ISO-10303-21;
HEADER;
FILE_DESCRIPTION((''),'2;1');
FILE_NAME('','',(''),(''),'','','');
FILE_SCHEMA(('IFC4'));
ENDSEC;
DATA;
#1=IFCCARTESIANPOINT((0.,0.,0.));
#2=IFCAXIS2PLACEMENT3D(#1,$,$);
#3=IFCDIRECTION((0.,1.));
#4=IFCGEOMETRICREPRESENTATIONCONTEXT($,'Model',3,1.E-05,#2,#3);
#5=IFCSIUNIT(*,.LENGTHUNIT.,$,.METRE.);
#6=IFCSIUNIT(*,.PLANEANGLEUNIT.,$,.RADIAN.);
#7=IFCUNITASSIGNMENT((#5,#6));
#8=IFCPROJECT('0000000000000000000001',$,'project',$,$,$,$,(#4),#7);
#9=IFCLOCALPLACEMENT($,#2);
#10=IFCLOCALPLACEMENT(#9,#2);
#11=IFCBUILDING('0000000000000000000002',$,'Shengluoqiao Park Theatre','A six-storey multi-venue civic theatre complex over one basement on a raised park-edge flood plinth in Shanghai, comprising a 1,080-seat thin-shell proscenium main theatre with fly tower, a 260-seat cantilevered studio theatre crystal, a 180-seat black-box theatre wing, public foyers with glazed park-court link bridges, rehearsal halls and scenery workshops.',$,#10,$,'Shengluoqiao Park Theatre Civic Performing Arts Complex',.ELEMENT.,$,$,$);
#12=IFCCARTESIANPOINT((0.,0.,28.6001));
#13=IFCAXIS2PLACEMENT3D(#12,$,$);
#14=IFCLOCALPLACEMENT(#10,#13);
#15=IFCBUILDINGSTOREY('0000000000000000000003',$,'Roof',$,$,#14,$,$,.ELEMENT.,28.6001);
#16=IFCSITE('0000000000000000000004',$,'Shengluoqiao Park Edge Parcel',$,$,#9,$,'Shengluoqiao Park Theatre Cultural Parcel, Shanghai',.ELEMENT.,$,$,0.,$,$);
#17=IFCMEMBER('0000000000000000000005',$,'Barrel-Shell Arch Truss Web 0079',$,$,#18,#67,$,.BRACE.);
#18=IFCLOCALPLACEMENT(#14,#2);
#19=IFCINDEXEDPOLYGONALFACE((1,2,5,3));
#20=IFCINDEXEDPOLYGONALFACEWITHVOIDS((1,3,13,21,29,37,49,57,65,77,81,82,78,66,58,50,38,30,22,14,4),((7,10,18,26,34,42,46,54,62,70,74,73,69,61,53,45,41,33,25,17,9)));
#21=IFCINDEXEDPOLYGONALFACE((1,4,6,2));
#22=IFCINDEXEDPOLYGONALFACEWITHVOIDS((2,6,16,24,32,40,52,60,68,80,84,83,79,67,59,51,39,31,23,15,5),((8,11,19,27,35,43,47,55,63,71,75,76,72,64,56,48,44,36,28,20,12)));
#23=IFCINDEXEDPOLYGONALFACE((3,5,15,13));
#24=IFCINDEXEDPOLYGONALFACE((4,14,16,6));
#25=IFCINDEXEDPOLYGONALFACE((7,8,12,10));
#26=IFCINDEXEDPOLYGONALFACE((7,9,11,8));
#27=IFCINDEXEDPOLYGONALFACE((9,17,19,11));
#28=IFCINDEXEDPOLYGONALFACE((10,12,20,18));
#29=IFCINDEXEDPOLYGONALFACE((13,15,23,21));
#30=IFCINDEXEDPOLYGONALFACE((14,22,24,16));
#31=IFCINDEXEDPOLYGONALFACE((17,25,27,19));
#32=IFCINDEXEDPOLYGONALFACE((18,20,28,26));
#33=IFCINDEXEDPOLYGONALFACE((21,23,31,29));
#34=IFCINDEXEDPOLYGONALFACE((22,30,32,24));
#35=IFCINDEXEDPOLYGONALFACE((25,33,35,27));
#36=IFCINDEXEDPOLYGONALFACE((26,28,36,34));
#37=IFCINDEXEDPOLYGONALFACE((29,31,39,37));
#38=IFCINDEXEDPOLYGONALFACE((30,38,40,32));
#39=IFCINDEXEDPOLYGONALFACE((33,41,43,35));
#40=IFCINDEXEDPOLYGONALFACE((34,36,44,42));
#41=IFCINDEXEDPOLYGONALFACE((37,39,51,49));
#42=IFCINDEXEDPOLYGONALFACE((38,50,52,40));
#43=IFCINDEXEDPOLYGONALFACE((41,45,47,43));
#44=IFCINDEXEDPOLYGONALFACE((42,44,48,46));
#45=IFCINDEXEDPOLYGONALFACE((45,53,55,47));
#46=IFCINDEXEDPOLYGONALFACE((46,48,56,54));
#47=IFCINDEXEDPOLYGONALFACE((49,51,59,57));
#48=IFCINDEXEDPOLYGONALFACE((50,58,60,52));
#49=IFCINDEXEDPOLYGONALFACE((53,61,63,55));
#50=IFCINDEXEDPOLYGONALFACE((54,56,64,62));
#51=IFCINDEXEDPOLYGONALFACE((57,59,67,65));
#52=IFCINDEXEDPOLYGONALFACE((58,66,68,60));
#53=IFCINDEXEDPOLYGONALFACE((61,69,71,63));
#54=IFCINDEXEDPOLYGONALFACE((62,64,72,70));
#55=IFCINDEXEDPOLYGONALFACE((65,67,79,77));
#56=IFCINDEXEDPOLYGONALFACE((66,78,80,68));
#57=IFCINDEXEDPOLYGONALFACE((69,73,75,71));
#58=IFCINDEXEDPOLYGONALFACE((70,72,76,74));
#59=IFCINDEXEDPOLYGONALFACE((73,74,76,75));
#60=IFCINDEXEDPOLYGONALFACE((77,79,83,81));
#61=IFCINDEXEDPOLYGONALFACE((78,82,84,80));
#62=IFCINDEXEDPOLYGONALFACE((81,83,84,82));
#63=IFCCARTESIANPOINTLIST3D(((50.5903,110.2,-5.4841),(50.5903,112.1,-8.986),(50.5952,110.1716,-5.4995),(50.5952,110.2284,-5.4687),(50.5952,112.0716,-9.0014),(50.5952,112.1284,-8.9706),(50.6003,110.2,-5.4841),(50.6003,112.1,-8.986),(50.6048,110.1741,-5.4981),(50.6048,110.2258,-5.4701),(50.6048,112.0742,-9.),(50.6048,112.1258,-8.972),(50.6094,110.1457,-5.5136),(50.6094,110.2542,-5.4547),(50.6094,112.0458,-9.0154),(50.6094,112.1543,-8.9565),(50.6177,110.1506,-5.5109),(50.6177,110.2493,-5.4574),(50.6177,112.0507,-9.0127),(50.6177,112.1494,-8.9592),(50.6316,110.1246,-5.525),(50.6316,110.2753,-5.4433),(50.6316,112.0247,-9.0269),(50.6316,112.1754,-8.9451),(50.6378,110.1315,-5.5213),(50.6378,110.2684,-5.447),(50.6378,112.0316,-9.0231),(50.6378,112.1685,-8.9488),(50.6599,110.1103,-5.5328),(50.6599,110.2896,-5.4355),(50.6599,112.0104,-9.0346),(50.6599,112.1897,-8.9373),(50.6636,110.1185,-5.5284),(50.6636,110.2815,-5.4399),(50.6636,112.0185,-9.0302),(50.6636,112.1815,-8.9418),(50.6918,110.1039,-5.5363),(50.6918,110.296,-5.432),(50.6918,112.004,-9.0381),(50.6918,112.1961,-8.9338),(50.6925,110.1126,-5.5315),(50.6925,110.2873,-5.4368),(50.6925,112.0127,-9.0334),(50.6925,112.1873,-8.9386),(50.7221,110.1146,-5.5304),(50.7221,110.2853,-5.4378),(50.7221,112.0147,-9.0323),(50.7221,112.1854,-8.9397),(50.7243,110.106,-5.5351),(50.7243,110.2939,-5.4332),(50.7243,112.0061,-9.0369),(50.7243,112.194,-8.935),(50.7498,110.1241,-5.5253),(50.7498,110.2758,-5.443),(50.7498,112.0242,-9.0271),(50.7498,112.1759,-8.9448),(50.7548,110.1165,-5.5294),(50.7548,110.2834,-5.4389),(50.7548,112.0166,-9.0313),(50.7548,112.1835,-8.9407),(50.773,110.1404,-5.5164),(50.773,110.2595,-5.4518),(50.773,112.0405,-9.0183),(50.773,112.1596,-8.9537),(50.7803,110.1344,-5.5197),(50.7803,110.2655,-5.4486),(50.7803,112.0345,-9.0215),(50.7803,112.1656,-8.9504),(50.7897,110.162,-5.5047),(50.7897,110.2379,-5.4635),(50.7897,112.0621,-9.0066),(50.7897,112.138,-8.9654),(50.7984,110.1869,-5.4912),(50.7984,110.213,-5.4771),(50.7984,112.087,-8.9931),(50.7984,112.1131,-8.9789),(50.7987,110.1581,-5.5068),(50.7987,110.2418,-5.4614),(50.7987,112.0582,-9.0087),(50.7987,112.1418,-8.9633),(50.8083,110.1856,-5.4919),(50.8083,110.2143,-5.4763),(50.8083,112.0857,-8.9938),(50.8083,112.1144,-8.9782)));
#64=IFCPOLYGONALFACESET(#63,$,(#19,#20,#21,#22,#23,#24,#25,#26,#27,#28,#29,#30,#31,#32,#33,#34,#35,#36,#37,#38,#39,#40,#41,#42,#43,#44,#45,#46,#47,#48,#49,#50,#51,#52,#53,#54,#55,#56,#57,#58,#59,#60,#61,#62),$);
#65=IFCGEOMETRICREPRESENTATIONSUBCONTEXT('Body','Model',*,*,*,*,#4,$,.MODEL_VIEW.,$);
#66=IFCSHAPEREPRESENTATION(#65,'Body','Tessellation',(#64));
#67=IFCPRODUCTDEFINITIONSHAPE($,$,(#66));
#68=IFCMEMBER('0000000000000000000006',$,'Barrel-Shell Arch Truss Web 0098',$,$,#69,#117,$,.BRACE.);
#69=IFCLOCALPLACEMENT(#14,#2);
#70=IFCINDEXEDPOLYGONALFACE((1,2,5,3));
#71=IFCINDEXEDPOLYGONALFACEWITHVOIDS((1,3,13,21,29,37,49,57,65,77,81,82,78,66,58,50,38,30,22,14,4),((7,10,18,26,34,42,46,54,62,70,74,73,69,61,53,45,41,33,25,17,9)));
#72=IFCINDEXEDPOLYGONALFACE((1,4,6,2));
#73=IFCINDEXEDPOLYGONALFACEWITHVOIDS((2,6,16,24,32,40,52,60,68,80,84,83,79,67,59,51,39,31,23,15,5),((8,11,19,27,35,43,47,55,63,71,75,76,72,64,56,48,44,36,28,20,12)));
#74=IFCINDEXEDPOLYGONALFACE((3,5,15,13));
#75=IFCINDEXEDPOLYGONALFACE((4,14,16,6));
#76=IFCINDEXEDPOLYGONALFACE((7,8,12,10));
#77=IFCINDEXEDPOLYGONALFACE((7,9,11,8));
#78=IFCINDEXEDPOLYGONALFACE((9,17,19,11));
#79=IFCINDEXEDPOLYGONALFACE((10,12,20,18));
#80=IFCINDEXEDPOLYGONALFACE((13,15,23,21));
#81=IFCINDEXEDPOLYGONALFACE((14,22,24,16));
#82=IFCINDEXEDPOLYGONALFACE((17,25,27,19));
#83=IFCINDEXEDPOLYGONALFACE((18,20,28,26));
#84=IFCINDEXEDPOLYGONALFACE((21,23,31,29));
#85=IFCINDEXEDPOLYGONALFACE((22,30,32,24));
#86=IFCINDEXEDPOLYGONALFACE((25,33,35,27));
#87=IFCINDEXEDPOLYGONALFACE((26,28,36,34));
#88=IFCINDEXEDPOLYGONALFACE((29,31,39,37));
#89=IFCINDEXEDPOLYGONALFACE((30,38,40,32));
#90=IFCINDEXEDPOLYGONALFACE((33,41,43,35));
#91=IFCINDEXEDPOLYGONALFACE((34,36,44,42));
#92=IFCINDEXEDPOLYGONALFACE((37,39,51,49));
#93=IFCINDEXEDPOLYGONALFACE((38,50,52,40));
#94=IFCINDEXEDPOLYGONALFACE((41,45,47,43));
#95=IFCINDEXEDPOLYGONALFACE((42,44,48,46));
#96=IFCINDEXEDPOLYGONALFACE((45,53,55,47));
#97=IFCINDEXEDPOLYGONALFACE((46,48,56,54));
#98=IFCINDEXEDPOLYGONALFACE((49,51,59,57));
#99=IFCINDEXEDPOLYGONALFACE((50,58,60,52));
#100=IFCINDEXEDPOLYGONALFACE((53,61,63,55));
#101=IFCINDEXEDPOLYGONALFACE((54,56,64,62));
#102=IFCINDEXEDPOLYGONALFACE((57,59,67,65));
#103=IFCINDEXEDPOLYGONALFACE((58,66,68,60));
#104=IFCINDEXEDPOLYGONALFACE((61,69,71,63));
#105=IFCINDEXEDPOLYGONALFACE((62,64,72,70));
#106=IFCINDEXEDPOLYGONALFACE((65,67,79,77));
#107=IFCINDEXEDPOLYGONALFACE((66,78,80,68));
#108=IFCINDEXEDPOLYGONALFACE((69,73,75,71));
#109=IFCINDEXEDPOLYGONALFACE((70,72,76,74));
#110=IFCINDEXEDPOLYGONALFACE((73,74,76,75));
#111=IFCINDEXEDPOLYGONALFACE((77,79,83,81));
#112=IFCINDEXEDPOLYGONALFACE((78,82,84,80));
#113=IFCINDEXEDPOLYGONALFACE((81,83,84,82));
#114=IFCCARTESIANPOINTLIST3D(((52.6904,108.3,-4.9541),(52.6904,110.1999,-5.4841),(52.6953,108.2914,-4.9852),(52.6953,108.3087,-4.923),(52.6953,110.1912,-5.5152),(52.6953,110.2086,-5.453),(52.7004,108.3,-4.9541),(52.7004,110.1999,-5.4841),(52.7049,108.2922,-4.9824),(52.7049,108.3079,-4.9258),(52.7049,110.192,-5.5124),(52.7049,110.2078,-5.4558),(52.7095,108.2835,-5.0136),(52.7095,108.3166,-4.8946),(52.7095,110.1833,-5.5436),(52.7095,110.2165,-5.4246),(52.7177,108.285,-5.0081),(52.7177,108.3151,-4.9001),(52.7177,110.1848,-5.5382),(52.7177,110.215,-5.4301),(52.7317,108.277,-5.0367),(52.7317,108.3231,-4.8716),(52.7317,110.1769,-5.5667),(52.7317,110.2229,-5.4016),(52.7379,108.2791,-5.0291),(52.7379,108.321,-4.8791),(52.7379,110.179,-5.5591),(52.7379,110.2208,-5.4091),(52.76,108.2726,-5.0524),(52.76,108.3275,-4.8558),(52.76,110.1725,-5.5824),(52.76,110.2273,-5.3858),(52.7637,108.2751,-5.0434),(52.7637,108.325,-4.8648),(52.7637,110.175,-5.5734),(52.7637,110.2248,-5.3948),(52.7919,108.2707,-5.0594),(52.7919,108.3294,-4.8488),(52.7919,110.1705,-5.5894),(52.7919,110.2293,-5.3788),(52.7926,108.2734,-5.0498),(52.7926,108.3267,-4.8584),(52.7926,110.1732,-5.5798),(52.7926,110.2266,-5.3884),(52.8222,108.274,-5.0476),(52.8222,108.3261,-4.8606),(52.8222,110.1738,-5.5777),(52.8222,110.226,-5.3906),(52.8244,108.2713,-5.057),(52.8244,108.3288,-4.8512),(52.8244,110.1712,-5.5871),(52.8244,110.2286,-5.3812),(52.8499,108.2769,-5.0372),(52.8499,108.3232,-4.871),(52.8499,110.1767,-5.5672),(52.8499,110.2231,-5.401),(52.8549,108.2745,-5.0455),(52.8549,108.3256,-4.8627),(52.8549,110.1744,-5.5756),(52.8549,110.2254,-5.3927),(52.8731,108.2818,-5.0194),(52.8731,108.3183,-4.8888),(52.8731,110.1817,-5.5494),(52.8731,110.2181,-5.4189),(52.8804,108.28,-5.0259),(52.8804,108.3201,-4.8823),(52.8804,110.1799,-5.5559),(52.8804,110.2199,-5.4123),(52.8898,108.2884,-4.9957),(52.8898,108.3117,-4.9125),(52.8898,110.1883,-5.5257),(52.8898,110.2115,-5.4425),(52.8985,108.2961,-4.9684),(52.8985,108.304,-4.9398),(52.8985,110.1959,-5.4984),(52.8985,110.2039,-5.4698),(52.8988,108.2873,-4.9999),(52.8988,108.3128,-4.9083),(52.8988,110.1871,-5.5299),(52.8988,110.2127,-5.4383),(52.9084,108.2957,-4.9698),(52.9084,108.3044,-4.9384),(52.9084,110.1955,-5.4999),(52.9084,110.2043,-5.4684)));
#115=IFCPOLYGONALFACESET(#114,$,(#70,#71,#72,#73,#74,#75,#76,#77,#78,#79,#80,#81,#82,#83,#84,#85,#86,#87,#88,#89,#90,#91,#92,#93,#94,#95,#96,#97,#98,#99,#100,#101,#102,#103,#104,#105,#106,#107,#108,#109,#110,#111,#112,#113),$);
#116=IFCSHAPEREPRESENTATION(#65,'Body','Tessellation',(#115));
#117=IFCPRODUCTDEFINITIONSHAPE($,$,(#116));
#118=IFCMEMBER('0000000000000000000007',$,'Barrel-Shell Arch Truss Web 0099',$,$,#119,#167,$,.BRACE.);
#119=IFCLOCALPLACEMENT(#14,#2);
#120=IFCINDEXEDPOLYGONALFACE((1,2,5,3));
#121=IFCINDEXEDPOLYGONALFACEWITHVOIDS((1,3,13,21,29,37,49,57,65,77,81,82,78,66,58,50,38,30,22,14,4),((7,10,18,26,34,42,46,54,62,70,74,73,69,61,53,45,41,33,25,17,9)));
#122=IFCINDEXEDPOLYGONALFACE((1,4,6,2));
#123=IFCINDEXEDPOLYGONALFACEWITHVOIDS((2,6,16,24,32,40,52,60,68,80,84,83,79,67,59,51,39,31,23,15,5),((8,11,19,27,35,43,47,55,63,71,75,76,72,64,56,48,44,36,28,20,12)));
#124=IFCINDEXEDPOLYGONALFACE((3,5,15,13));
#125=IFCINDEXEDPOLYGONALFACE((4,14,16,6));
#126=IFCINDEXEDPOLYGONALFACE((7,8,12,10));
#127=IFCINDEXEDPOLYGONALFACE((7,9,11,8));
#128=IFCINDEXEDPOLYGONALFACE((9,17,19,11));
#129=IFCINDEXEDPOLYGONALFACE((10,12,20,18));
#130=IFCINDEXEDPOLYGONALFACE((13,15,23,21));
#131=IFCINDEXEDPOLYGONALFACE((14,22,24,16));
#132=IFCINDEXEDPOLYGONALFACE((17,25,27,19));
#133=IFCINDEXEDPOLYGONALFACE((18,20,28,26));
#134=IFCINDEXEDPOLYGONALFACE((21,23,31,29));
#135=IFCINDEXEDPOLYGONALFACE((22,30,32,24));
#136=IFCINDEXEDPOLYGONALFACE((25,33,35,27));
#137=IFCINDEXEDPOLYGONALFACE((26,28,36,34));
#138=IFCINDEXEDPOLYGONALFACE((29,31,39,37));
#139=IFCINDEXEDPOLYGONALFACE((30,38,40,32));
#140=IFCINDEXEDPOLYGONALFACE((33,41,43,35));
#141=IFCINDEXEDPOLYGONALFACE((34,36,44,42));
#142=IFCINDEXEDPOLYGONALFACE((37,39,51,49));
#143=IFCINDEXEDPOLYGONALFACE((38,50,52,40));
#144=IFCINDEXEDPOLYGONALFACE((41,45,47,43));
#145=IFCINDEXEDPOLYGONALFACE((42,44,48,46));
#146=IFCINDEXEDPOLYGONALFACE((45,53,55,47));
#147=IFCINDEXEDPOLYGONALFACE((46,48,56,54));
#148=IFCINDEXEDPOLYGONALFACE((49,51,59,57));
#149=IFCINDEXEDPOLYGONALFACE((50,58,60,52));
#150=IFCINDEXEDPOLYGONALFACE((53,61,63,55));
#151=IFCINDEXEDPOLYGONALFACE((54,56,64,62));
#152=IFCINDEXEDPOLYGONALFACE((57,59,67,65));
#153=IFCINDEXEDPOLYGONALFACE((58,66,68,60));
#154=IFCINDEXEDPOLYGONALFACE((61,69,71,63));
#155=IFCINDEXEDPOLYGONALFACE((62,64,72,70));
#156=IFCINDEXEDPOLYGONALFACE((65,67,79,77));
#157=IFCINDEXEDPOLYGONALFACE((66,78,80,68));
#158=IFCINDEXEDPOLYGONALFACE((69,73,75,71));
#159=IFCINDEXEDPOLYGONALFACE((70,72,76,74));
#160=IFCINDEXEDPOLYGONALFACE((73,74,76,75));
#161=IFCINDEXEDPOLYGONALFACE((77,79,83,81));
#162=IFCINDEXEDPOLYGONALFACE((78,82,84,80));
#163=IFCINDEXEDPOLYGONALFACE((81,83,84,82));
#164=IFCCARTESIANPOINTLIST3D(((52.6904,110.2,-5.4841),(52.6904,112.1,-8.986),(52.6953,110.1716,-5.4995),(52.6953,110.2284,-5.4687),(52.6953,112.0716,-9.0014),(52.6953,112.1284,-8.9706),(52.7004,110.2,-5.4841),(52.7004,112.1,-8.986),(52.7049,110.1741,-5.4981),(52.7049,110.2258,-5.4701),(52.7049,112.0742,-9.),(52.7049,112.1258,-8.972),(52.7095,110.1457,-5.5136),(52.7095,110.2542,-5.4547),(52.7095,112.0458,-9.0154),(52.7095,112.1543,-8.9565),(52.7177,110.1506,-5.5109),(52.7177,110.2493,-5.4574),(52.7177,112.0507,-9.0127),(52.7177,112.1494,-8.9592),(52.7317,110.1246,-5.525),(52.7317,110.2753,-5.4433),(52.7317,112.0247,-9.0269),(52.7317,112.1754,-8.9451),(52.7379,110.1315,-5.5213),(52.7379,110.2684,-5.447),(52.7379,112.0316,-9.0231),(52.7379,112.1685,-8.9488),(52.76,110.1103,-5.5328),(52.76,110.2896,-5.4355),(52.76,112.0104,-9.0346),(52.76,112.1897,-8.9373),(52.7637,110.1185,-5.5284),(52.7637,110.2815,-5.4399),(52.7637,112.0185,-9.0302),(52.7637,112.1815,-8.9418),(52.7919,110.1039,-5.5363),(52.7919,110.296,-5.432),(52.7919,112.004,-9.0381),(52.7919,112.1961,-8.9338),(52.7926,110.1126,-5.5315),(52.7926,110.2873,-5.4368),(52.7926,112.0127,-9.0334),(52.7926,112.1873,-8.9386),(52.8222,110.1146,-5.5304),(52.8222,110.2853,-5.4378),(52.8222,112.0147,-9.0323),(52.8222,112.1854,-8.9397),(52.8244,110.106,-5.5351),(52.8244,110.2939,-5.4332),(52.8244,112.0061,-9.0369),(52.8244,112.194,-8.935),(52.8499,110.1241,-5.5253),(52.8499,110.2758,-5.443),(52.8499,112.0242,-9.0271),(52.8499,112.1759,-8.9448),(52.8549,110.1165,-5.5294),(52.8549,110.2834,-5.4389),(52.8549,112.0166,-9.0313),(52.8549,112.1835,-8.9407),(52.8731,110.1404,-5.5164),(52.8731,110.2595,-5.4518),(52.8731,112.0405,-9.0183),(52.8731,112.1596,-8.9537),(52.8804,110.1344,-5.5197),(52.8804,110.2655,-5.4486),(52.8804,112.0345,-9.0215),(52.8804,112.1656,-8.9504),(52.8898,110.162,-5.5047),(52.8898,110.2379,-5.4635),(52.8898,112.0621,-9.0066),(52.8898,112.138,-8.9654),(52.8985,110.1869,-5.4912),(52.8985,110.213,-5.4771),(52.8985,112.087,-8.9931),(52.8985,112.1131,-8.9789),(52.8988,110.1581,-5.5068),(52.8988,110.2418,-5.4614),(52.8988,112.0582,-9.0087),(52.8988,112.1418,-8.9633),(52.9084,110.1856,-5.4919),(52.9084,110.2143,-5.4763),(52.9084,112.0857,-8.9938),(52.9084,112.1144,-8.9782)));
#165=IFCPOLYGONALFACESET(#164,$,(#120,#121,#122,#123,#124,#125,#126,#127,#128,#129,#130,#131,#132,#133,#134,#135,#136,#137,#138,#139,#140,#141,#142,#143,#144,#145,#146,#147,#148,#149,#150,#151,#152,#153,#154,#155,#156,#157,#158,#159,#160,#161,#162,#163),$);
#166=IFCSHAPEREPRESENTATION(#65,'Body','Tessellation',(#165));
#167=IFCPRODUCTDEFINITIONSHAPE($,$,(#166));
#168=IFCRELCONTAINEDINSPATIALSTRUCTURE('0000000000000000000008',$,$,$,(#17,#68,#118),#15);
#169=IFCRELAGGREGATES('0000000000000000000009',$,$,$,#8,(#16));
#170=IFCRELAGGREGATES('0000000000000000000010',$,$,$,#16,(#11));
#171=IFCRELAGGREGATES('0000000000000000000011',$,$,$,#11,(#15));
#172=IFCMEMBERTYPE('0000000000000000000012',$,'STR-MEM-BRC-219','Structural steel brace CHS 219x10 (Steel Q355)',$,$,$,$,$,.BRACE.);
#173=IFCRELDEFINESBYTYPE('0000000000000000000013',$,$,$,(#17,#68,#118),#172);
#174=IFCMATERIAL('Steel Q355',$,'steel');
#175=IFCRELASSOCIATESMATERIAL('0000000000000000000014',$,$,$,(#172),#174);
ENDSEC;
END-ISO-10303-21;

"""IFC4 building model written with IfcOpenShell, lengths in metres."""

from ifc_helpers import new_model, si_unit, direction, frame, origin, origin_2d, place, context, subcontext, project, spatial, hollow_circle, extrude, material, material_profile, profile_set, type_object, element, save


model = new_model("IFC4")

# Units and contexts
model_context = context("Model", 3, precision=1e-05, world=origin(), true_north=direction((0.0, 1.0)))
body_context = subcontext(model_context, "Body", "Model", "MODEL_VIEW")
ifc_project = project(units=[si_unit("LENGTHUNIT", "METRE"), si_unit("PLANEANGLEUNIT", "RADIAN")], contexts=[model_context])

# Site, building, storey
site_placement = place(None, origin())
site = spatial("IfcSite", under=ifc_project, at=site_placement, Name="Shengluoqiao Park Edge Parcel", LongName="Shengluoqiao Park Theatre Cultural Parcel, Shanghai", CompositionType="ELEMENT", RefElevation=0.0)
building_placement = place(site_placement, origin())
building = spatial("IfcBuilding", under=site, at=building_placement, Name="Shengluoqiao Park Theatre", Description="A six-storey multi-venue civic theatre complex over one basement on a raised park-edge flood plinth in Shanghai, comprising a 1,080-seat thin-shell proscenium main theatre with fly tower, a 260-seat cantilevered studio theatre crystal, a 180-seat black-box theatre wing, public foyers with glazed park-court link bridges, rehearsal halls and scenery workshops.", LongName="Shengluoqiao Park Theatre Civic Performing Arts Complex", CompositionType="ELEMENT")
storey_placement = place(building_placement, frame((0.0, 0.0, 28.6001)))
storey = spatial("IfcBuildingStorey", under=building, at=storey_placement, Name="Roof", CompositionType="ELEMENT", Elevation=28.6001)

# Shared definitions
ifc_material_1 = material(Name="Steel Q355", Category="steel")

# Members
ifc_material_profile_1 = material_profile(ifc_material_1, hollow_circle(Radius=0.1096, WallThickness=0.01, at=origin_2d()), Name="CHS 219x10")
ifc_profile_set_1 = profile_set([ifc_material_profile_1], Name="Steel Q355")
member_type_1 = type_object("IfcMemberType", Name="STR-MEM-BRC-219", Description="Structural steel brace CHS 219x10 (Steel Q355)", PredefinedType="BRACE", material=ifc_profile_set_1)
member_1_placement = place(storey_placement, frame((50.7, 110.2, -5.4841), z_axis=(0.0, 0.476915, -0.87895), x_axis=(-1.0, 0.0, 0.0)))
element("IfcMember", 1, at=member_1_placement, inside=storey, type_object=member_type_1, Name="Barrel-Shell Arch Truss Web 0079", PredefinedType="BRACE", context=body_context, shape_type="SweptSolid", body=[
    extrude(hollow_circle(Radius=0.1096, WallThickness=0.01, at=origin_2d()), origin(), (0.0, 0.0, 1.0), 3.9841),
])
member_2_placement = place(storey_placement, frame((52.8, 108.3, -4.9541), z_axis=(0.0, 0.963219, -0.268716), x_axis=(-1.0, 0.0, 0.0)))
element("IfcMember", 2, at=member_2_placement, inside=storey, type_object=member_type_1, Name="Barrel-Shell Arch Truss Web 0098", PredefinedType="BRACE", context=body_context, shape_type="SweptSolid", body=[
    extrude(hollow_circle(Radius=0.1096, WallThickness=0.01, at=origin_2d()), origin(), (0.0, 0.0, 1.0), 1.9724),
])
member_3_placement = place(storey_placement, frame((52.8, 110.2, -5.4841), z_axis=(0.0, 0.476915, -0.87895), x_axis=(-1.0, 0.0, 0.0)))
element("IfcMember", 3, at=member_3_placement, inside=storey, type_object=member_type_1, Name="Barrel-Shell Arch Truss Web 0099", PredefinedType="BRACE", context=body_context, shape_type="SweptSolid", body=[
    extrude(hollow_circle(Radius=0.1096, WallThickness=0.01, at=origin_2d()), origin(), (0.0, 0.0, 1.0), 3.9841),
])

save(model, "model.ifc")
